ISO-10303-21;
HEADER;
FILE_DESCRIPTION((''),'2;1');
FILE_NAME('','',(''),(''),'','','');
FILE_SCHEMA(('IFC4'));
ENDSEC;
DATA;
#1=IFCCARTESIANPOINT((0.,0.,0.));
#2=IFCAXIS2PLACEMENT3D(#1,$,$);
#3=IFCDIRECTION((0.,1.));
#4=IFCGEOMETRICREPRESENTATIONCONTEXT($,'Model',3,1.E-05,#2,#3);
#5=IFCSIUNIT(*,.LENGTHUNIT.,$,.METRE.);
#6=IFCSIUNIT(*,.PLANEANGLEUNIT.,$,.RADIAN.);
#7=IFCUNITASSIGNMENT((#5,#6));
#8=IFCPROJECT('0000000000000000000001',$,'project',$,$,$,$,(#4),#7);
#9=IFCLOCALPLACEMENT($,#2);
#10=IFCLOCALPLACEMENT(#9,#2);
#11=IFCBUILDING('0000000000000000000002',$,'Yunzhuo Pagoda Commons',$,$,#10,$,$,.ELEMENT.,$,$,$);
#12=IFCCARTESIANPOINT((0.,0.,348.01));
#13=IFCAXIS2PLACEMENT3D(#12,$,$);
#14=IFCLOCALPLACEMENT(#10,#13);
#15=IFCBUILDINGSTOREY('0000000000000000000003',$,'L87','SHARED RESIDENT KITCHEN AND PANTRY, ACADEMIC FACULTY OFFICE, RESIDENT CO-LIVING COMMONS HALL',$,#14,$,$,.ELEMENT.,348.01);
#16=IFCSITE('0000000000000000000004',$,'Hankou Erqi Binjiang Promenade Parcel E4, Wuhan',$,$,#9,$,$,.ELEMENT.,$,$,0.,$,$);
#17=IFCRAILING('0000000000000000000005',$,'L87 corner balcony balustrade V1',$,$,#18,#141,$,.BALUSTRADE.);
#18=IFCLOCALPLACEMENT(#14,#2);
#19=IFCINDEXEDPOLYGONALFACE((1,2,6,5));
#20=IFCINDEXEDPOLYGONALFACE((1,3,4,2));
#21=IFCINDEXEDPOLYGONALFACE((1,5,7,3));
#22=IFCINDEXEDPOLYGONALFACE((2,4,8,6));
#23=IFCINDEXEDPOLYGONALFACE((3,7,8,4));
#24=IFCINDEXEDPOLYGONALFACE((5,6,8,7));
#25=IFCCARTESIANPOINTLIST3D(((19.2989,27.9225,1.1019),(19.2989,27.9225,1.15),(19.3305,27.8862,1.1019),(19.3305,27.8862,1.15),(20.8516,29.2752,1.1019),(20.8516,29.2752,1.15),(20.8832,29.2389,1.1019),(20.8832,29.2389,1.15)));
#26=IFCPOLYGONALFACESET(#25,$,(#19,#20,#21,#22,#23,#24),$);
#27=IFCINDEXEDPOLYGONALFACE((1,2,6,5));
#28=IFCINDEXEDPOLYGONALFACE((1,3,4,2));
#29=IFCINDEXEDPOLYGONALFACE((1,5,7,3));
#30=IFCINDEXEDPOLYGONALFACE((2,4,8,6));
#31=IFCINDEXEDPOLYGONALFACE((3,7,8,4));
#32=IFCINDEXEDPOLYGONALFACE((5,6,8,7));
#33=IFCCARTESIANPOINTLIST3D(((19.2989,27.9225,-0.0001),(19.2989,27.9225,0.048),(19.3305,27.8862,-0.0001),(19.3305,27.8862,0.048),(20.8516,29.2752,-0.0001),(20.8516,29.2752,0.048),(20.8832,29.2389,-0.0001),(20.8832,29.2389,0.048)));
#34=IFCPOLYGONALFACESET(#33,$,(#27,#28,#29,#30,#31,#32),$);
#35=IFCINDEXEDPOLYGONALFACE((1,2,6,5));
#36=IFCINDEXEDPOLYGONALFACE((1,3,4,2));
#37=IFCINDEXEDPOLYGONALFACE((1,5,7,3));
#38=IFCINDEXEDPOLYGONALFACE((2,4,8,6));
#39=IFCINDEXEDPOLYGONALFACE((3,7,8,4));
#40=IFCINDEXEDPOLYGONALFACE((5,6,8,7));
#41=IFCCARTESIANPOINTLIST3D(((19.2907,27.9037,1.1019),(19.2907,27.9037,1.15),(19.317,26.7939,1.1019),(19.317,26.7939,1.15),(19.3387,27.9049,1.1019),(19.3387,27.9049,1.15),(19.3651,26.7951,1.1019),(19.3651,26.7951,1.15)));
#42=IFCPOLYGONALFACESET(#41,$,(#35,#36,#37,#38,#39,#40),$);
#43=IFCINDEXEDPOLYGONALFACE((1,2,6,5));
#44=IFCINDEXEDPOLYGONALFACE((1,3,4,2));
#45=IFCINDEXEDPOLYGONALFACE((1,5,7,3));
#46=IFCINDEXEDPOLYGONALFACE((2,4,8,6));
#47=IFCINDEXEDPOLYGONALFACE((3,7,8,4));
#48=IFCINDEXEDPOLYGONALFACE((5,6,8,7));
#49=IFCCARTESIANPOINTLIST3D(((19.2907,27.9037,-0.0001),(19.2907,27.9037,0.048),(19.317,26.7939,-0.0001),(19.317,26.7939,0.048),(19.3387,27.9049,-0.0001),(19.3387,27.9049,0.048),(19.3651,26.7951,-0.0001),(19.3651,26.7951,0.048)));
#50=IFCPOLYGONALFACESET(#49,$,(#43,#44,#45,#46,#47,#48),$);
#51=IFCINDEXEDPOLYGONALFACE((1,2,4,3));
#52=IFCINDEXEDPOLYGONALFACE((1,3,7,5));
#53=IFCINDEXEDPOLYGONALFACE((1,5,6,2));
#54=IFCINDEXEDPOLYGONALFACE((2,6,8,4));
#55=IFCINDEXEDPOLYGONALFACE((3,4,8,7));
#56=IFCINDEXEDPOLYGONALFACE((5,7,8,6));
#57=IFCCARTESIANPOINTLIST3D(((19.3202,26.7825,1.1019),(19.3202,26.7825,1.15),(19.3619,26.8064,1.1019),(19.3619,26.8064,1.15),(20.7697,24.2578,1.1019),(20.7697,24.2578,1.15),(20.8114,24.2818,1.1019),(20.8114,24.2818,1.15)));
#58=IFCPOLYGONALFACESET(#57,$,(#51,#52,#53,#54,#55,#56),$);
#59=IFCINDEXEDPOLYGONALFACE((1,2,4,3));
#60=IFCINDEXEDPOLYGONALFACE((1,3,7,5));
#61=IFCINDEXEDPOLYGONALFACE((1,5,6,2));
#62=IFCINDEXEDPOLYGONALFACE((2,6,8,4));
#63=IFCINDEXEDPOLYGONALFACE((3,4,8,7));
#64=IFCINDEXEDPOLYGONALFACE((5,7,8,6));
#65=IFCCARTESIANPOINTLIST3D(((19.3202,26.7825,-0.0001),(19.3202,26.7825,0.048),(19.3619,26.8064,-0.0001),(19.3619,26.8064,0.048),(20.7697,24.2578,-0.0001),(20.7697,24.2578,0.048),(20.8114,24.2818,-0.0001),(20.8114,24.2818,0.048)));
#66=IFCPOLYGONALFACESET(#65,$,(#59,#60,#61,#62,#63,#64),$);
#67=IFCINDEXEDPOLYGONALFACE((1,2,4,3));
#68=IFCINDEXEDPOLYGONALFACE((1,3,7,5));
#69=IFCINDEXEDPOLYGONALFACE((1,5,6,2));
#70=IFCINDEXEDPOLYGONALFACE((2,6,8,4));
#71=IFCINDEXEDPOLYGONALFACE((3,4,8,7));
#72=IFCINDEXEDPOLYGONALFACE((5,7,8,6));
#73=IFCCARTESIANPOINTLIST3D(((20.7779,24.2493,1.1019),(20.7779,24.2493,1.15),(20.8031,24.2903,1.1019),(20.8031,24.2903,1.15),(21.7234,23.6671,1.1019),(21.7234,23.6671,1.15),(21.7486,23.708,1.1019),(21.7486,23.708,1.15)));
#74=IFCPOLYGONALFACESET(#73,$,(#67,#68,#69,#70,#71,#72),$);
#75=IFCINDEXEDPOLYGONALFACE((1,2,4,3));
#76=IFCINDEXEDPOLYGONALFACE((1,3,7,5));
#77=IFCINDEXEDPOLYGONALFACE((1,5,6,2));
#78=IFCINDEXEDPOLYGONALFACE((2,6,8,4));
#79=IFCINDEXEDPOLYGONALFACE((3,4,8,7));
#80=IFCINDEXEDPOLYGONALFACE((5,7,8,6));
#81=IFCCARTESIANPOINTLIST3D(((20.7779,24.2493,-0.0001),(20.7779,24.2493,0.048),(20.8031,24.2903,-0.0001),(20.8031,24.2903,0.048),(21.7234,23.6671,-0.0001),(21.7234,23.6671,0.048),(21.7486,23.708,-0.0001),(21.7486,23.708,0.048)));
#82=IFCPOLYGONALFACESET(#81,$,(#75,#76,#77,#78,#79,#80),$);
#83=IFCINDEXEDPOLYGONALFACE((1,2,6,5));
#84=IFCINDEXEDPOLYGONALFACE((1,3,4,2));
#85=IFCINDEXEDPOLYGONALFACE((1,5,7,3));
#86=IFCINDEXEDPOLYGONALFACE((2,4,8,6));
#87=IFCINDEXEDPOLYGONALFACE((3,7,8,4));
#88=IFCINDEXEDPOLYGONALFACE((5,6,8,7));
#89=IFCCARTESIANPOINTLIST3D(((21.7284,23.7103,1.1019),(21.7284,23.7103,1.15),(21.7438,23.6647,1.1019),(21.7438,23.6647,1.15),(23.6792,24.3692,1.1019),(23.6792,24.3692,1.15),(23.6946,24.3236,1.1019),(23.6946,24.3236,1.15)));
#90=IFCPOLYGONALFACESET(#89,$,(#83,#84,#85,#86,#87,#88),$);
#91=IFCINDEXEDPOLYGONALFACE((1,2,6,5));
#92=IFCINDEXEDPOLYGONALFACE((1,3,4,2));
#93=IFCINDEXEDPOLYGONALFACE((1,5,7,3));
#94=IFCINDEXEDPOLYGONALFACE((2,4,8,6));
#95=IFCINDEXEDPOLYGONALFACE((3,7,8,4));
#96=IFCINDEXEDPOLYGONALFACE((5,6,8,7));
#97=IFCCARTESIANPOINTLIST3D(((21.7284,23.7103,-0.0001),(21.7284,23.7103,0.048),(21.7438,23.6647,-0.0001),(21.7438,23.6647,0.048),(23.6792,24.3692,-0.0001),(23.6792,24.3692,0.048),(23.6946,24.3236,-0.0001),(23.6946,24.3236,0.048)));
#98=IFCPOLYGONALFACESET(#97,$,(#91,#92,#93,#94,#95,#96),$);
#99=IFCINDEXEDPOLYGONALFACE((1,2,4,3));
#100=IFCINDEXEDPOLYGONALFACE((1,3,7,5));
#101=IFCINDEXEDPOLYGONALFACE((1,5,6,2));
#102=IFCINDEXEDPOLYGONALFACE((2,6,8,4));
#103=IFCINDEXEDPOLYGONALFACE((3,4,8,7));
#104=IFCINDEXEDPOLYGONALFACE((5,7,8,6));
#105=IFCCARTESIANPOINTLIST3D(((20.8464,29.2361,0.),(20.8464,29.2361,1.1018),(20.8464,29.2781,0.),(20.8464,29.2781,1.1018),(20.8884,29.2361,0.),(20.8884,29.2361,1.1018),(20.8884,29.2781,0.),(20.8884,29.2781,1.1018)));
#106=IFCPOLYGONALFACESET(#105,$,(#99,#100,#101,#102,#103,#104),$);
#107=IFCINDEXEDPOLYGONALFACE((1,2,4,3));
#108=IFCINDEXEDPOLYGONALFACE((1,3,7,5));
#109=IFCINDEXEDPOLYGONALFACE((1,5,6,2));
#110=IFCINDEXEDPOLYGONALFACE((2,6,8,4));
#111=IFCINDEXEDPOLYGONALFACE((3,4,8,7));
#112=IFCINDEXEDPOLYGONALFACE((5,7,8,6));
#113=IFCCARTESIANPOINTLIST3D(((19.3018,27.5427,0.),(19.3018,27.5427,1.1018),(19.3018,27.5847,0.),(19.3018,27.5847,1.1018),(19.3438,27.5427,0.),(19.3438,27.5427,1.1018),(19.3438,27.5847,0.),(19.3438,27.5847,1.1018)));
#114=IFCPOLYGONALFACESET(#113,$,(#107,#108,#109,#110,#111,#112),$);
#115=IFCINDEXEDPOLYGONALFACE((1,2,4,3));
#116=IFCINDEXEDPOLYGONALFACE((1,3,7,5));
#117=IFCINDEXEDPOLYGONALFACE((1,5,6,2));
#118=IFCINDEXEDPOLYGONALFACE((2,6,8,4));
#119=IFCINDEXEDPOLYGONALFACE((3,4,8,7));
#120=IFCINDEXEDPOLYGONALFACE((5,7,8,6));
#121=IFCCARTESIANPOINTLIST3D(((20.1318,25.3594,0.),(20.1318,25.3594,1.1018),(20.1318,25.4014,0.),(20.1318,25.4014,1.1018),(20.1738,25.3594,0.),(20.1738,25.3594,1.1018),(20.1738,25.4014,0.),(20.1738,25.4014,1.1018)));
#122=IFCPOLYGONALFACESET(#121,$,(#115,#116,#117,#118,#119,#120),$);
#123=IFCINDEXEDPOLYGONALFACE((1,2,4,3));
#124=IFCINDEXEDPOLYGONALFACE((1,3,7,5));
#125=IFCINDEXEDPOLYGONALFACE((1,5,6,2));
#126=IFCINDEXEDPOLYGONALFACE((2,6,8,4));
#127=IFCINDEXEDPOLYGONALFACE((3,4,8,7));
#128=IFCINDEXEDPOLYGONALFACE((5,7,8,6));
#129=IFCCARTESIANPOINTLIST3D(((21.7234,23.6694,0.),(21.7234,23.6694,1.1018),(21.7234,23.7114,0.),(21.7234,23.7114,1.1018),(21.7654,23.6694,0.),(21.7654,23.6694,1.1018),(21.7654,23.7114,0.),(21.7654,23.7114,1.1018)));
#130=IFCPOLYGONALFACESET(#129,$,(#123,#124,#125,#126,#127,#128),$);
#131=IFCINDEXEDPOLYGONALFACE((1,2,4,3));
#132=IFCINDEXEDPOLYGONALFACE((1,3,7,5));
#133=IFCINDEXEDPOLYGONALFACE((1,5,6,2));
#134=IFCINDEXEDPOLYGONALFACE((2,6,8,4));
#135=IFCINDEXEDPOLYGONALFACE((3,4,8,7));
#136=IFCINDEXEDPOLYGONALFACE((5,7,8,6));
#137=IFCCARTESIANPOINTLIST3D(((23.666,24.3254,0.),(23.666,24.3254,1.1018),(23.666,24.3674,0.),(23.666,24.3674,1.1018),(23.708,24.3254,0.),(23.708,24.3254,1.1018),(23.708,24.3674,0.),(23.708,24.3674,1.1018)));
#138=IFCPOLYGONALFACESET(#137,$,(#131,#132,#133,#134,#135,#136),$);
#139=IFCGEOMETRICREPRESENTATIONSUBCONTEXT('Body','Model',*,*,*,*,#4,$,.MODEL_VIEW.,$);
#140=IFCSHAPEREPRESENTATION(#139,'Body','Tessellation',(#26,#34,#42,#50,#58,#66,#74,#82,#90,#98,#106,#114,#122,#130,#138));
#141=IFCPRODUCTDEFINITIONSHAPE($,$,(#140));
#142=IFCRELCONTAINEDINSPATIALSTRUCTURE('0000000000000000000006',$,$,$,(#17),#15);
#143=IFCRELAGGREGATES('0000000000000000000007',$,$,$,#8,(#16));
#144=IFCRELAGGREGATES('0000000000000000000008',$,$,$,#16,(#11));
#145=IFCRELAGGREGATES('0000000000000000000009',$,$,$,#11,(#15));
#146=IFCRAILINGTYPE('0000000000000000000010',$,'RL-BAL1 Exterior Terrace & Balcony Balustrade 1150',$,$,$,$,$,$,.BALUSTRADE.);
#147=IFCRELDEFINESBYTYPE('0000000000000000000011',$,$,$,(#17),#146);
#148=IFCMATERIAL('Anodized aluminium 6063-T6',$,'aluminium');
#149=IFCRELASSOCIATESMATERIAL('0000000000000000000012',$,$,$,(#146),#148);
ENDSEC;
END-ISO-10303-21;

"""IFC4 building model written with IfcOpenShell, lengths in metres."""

from ifc_helpers import new_model, si_unit, direction, frame, origin, origin_2d, place, context, subcontext, project, spatial, rectangle, extrude, material, type_object, element, save


model = new_model("IFC4")

# Units and contexts
model_context = context("Model", 3, precision=1e-05, world=origin(), true_north=direction((0.0, 1.0)))
body_context = subcontext(model_context, "Body", "Model", "MODEL_VIEW")
ifc_project = project(units=[si_unit("LENGTHUNIT", "METRE"), si_unit("PLANEANGLEUNIT", "RADIAN")], contexts=[model_context])

# Site, building, storey
site_placement = place(None, origin())
site = spatial("IfcSite", under=ifc_project, at=site_placement, Name="Hankou Erqi Binjiang Promenade Parcel E4, Wuhan", CompositionType="ELEMENT", RefElevation=0.0)
building_placement = place(site_placement, origin())
building = spatial("IfcBuilding", under=site, at=building_placement, Name="Yunzhuo Pagoda Commons", CompositionType="ELEMENT")
storey_placement = place(building_placement, frame((0.0, 0.0, 348.01)))
storey = spatial("IfcBuildingStorey", under=building, at=storey_placement, Name="L87", Description="SHARED RESIDENT KITCHEN AND PANTRY, ACADEMIC FACULTY OFFICE, RESIDENT CO-LIVING COMMONS HALL", CompositionType="ELEMENT", Elevation=348.01)

# Shared definitions
ifc_material_1 = material(Name="Anodized aluminium 6063-T6", Category="aluminium")

# Railing
railing_type = type_object("IfcRailingType", Name="RL-BAL1 Exterior Terrace & Balcony Balustrade 1150", PredefinedType="BALUSTRADE", material=ifc_material_1)
railing_placement = place(storey_placement, frame((20.8674, 29.2571, 0.0)))
element("IfcRailing", 1, at=railing_placement, inside=storey, type_object=railing_type, Name="L87 corner balcony balustrade V1", PredefinedType="BALUSTRADE", context=body_context, shape_type="SweptSolid", body=[
    extrude(rectangle(XDim=0.0481, YDim=0.0481, at=origin_2d()), frame((0.0, 0.0, 1.126), z_axis=(-0.753985, -0.656892, 0.0), x_axis=(0.656892, -0.753985, 0.0)), (0.0, 0.0, 1.0), 2.0593),
    extrude(rectangle(XDim=0.0481, YDim=0.0481, at=origin_2d()), frame((0.0, 0.0, 0.0239), z_axis=(-0.753985, -0.656892, 0.0), x_axis=(0.656892, -0.753985, 0.0)), (0.0, 0.0, 1.0), 2.0593),
    extrude(rectangle(XDim=0.0481, YDim=0.0481, at=origin_2d()), frame((-1.5527, -1.3528, 1.126), z_axis=(0.02375, -0.999718, 0.0), x_axis=(0.999718, 0.02375, 0.0)), (0.0, 0.0, 1.0), 1.1101),
    extrude(rectangle(XDim=0.0481, YDim=0.0481, at=origin_2d()), frame((-1.5527, -1.3528, 0.0239), z_axis=(0.02375, -0.999718, 0.0), x_axis=(0.999718, 0.02375, 0.0)), (0.0, 0.0, 1.0), 1.1101),
    extrude(rectangle(XDim=0.0481, YDim=0.0481, at=origin_2d()), frame((-1.5264, -2.4626, 1.126), z_axis=(0.497899, -0.867235, 0.0), x_axis=(0.867235, 0.497899, 0.0)), (0.0, 0.0, 1.0), 2.9111),
    extrude(rectangle(XDim=0.0481, YDim=0.0481, at=origin_2d()), frame((-1.5264, -2.4626, 0.0239), z_axis=(0.497899, -0.867235, 0.0), x_axis=(0.867235, 0.497899, 0.0)), (0.0, 0.0, 1.0), 2.9111),
    extrude(rectangle(XDim=0.0481, YDim=0.0481, at=origin_2d()), frame((-0.0769, -4.9873, 1.126), z_axis=(0.8515, -0.524355, 0.0), x_axis=(0.524355, 0.8515, 0.0)), (0.0, 0.0, 1.0), 1.1104),
    extrude(rectangle(XDim=0.0481, YDim=0.0481, at=origin_2d()), frame((-0.0769, -4.9873, 0.0239), z_axis=(0.8515, -0.524355, 0.0), x_axis=(0.524355, 0.8515, 0.0)), (0.0, 0.0, 1.0), 1.1104),
    extrude(rectangle(XDim=0.0481, YDim=0.0481, at=origin_2d()), frame((0.8687, -5.5696, 1.126), z_axis=(0.947419, 0.319996, 0.0), x_axis=(-0.319996, 0.947419, 0.0)), (0.0, 0.0, 1.0), 2.0591),
    extrude(rectangle(XDim=0.0481, YDim=0.0481, at=origin_2d()), frame((0.8687, -5.5696, 0.0239), z_axis=(0.947419, 0.319996, 0.0), x_axis=(-0.319996, 0.947419, 0.0)), (0.0, 0.0, 1.0), 2.0591),
    extrude(rectangle(XDim=0.042, YDim=0.042, at=origin_2d()), origin(), (0.0, 0.0, 1.0), 1.1018),
    extrude(rectangle(XDim=0.042, YDim=0.042, at=origin_2d()), frame((-1.5447, -1.6934, 0.0)), (0.0, 0.0, 1.0), 1.1018),
    extrude(rectangle(XDim=0.042, YDim=0.042, at=origin_2d()), frame((-0.7146, -3.8767, 0.0)), (0.0, 0.0, 1.0), 1.1018),
    extrude(rectangle(XDim=0.042, YDim=0.042, at=origin_2d()), frame((0.877, -5.5667, 0.0)), (0.0, 0.0, 1.0), 1.1018),
    extrude(rectangle(XDim=0.042, YDim=0.042, at=origin_2d()), frame((2.8196, -4.9106, 0.0)), (0.0, 0.0, 1.0), 1.1018),
])

save(model, "model.ifc")
